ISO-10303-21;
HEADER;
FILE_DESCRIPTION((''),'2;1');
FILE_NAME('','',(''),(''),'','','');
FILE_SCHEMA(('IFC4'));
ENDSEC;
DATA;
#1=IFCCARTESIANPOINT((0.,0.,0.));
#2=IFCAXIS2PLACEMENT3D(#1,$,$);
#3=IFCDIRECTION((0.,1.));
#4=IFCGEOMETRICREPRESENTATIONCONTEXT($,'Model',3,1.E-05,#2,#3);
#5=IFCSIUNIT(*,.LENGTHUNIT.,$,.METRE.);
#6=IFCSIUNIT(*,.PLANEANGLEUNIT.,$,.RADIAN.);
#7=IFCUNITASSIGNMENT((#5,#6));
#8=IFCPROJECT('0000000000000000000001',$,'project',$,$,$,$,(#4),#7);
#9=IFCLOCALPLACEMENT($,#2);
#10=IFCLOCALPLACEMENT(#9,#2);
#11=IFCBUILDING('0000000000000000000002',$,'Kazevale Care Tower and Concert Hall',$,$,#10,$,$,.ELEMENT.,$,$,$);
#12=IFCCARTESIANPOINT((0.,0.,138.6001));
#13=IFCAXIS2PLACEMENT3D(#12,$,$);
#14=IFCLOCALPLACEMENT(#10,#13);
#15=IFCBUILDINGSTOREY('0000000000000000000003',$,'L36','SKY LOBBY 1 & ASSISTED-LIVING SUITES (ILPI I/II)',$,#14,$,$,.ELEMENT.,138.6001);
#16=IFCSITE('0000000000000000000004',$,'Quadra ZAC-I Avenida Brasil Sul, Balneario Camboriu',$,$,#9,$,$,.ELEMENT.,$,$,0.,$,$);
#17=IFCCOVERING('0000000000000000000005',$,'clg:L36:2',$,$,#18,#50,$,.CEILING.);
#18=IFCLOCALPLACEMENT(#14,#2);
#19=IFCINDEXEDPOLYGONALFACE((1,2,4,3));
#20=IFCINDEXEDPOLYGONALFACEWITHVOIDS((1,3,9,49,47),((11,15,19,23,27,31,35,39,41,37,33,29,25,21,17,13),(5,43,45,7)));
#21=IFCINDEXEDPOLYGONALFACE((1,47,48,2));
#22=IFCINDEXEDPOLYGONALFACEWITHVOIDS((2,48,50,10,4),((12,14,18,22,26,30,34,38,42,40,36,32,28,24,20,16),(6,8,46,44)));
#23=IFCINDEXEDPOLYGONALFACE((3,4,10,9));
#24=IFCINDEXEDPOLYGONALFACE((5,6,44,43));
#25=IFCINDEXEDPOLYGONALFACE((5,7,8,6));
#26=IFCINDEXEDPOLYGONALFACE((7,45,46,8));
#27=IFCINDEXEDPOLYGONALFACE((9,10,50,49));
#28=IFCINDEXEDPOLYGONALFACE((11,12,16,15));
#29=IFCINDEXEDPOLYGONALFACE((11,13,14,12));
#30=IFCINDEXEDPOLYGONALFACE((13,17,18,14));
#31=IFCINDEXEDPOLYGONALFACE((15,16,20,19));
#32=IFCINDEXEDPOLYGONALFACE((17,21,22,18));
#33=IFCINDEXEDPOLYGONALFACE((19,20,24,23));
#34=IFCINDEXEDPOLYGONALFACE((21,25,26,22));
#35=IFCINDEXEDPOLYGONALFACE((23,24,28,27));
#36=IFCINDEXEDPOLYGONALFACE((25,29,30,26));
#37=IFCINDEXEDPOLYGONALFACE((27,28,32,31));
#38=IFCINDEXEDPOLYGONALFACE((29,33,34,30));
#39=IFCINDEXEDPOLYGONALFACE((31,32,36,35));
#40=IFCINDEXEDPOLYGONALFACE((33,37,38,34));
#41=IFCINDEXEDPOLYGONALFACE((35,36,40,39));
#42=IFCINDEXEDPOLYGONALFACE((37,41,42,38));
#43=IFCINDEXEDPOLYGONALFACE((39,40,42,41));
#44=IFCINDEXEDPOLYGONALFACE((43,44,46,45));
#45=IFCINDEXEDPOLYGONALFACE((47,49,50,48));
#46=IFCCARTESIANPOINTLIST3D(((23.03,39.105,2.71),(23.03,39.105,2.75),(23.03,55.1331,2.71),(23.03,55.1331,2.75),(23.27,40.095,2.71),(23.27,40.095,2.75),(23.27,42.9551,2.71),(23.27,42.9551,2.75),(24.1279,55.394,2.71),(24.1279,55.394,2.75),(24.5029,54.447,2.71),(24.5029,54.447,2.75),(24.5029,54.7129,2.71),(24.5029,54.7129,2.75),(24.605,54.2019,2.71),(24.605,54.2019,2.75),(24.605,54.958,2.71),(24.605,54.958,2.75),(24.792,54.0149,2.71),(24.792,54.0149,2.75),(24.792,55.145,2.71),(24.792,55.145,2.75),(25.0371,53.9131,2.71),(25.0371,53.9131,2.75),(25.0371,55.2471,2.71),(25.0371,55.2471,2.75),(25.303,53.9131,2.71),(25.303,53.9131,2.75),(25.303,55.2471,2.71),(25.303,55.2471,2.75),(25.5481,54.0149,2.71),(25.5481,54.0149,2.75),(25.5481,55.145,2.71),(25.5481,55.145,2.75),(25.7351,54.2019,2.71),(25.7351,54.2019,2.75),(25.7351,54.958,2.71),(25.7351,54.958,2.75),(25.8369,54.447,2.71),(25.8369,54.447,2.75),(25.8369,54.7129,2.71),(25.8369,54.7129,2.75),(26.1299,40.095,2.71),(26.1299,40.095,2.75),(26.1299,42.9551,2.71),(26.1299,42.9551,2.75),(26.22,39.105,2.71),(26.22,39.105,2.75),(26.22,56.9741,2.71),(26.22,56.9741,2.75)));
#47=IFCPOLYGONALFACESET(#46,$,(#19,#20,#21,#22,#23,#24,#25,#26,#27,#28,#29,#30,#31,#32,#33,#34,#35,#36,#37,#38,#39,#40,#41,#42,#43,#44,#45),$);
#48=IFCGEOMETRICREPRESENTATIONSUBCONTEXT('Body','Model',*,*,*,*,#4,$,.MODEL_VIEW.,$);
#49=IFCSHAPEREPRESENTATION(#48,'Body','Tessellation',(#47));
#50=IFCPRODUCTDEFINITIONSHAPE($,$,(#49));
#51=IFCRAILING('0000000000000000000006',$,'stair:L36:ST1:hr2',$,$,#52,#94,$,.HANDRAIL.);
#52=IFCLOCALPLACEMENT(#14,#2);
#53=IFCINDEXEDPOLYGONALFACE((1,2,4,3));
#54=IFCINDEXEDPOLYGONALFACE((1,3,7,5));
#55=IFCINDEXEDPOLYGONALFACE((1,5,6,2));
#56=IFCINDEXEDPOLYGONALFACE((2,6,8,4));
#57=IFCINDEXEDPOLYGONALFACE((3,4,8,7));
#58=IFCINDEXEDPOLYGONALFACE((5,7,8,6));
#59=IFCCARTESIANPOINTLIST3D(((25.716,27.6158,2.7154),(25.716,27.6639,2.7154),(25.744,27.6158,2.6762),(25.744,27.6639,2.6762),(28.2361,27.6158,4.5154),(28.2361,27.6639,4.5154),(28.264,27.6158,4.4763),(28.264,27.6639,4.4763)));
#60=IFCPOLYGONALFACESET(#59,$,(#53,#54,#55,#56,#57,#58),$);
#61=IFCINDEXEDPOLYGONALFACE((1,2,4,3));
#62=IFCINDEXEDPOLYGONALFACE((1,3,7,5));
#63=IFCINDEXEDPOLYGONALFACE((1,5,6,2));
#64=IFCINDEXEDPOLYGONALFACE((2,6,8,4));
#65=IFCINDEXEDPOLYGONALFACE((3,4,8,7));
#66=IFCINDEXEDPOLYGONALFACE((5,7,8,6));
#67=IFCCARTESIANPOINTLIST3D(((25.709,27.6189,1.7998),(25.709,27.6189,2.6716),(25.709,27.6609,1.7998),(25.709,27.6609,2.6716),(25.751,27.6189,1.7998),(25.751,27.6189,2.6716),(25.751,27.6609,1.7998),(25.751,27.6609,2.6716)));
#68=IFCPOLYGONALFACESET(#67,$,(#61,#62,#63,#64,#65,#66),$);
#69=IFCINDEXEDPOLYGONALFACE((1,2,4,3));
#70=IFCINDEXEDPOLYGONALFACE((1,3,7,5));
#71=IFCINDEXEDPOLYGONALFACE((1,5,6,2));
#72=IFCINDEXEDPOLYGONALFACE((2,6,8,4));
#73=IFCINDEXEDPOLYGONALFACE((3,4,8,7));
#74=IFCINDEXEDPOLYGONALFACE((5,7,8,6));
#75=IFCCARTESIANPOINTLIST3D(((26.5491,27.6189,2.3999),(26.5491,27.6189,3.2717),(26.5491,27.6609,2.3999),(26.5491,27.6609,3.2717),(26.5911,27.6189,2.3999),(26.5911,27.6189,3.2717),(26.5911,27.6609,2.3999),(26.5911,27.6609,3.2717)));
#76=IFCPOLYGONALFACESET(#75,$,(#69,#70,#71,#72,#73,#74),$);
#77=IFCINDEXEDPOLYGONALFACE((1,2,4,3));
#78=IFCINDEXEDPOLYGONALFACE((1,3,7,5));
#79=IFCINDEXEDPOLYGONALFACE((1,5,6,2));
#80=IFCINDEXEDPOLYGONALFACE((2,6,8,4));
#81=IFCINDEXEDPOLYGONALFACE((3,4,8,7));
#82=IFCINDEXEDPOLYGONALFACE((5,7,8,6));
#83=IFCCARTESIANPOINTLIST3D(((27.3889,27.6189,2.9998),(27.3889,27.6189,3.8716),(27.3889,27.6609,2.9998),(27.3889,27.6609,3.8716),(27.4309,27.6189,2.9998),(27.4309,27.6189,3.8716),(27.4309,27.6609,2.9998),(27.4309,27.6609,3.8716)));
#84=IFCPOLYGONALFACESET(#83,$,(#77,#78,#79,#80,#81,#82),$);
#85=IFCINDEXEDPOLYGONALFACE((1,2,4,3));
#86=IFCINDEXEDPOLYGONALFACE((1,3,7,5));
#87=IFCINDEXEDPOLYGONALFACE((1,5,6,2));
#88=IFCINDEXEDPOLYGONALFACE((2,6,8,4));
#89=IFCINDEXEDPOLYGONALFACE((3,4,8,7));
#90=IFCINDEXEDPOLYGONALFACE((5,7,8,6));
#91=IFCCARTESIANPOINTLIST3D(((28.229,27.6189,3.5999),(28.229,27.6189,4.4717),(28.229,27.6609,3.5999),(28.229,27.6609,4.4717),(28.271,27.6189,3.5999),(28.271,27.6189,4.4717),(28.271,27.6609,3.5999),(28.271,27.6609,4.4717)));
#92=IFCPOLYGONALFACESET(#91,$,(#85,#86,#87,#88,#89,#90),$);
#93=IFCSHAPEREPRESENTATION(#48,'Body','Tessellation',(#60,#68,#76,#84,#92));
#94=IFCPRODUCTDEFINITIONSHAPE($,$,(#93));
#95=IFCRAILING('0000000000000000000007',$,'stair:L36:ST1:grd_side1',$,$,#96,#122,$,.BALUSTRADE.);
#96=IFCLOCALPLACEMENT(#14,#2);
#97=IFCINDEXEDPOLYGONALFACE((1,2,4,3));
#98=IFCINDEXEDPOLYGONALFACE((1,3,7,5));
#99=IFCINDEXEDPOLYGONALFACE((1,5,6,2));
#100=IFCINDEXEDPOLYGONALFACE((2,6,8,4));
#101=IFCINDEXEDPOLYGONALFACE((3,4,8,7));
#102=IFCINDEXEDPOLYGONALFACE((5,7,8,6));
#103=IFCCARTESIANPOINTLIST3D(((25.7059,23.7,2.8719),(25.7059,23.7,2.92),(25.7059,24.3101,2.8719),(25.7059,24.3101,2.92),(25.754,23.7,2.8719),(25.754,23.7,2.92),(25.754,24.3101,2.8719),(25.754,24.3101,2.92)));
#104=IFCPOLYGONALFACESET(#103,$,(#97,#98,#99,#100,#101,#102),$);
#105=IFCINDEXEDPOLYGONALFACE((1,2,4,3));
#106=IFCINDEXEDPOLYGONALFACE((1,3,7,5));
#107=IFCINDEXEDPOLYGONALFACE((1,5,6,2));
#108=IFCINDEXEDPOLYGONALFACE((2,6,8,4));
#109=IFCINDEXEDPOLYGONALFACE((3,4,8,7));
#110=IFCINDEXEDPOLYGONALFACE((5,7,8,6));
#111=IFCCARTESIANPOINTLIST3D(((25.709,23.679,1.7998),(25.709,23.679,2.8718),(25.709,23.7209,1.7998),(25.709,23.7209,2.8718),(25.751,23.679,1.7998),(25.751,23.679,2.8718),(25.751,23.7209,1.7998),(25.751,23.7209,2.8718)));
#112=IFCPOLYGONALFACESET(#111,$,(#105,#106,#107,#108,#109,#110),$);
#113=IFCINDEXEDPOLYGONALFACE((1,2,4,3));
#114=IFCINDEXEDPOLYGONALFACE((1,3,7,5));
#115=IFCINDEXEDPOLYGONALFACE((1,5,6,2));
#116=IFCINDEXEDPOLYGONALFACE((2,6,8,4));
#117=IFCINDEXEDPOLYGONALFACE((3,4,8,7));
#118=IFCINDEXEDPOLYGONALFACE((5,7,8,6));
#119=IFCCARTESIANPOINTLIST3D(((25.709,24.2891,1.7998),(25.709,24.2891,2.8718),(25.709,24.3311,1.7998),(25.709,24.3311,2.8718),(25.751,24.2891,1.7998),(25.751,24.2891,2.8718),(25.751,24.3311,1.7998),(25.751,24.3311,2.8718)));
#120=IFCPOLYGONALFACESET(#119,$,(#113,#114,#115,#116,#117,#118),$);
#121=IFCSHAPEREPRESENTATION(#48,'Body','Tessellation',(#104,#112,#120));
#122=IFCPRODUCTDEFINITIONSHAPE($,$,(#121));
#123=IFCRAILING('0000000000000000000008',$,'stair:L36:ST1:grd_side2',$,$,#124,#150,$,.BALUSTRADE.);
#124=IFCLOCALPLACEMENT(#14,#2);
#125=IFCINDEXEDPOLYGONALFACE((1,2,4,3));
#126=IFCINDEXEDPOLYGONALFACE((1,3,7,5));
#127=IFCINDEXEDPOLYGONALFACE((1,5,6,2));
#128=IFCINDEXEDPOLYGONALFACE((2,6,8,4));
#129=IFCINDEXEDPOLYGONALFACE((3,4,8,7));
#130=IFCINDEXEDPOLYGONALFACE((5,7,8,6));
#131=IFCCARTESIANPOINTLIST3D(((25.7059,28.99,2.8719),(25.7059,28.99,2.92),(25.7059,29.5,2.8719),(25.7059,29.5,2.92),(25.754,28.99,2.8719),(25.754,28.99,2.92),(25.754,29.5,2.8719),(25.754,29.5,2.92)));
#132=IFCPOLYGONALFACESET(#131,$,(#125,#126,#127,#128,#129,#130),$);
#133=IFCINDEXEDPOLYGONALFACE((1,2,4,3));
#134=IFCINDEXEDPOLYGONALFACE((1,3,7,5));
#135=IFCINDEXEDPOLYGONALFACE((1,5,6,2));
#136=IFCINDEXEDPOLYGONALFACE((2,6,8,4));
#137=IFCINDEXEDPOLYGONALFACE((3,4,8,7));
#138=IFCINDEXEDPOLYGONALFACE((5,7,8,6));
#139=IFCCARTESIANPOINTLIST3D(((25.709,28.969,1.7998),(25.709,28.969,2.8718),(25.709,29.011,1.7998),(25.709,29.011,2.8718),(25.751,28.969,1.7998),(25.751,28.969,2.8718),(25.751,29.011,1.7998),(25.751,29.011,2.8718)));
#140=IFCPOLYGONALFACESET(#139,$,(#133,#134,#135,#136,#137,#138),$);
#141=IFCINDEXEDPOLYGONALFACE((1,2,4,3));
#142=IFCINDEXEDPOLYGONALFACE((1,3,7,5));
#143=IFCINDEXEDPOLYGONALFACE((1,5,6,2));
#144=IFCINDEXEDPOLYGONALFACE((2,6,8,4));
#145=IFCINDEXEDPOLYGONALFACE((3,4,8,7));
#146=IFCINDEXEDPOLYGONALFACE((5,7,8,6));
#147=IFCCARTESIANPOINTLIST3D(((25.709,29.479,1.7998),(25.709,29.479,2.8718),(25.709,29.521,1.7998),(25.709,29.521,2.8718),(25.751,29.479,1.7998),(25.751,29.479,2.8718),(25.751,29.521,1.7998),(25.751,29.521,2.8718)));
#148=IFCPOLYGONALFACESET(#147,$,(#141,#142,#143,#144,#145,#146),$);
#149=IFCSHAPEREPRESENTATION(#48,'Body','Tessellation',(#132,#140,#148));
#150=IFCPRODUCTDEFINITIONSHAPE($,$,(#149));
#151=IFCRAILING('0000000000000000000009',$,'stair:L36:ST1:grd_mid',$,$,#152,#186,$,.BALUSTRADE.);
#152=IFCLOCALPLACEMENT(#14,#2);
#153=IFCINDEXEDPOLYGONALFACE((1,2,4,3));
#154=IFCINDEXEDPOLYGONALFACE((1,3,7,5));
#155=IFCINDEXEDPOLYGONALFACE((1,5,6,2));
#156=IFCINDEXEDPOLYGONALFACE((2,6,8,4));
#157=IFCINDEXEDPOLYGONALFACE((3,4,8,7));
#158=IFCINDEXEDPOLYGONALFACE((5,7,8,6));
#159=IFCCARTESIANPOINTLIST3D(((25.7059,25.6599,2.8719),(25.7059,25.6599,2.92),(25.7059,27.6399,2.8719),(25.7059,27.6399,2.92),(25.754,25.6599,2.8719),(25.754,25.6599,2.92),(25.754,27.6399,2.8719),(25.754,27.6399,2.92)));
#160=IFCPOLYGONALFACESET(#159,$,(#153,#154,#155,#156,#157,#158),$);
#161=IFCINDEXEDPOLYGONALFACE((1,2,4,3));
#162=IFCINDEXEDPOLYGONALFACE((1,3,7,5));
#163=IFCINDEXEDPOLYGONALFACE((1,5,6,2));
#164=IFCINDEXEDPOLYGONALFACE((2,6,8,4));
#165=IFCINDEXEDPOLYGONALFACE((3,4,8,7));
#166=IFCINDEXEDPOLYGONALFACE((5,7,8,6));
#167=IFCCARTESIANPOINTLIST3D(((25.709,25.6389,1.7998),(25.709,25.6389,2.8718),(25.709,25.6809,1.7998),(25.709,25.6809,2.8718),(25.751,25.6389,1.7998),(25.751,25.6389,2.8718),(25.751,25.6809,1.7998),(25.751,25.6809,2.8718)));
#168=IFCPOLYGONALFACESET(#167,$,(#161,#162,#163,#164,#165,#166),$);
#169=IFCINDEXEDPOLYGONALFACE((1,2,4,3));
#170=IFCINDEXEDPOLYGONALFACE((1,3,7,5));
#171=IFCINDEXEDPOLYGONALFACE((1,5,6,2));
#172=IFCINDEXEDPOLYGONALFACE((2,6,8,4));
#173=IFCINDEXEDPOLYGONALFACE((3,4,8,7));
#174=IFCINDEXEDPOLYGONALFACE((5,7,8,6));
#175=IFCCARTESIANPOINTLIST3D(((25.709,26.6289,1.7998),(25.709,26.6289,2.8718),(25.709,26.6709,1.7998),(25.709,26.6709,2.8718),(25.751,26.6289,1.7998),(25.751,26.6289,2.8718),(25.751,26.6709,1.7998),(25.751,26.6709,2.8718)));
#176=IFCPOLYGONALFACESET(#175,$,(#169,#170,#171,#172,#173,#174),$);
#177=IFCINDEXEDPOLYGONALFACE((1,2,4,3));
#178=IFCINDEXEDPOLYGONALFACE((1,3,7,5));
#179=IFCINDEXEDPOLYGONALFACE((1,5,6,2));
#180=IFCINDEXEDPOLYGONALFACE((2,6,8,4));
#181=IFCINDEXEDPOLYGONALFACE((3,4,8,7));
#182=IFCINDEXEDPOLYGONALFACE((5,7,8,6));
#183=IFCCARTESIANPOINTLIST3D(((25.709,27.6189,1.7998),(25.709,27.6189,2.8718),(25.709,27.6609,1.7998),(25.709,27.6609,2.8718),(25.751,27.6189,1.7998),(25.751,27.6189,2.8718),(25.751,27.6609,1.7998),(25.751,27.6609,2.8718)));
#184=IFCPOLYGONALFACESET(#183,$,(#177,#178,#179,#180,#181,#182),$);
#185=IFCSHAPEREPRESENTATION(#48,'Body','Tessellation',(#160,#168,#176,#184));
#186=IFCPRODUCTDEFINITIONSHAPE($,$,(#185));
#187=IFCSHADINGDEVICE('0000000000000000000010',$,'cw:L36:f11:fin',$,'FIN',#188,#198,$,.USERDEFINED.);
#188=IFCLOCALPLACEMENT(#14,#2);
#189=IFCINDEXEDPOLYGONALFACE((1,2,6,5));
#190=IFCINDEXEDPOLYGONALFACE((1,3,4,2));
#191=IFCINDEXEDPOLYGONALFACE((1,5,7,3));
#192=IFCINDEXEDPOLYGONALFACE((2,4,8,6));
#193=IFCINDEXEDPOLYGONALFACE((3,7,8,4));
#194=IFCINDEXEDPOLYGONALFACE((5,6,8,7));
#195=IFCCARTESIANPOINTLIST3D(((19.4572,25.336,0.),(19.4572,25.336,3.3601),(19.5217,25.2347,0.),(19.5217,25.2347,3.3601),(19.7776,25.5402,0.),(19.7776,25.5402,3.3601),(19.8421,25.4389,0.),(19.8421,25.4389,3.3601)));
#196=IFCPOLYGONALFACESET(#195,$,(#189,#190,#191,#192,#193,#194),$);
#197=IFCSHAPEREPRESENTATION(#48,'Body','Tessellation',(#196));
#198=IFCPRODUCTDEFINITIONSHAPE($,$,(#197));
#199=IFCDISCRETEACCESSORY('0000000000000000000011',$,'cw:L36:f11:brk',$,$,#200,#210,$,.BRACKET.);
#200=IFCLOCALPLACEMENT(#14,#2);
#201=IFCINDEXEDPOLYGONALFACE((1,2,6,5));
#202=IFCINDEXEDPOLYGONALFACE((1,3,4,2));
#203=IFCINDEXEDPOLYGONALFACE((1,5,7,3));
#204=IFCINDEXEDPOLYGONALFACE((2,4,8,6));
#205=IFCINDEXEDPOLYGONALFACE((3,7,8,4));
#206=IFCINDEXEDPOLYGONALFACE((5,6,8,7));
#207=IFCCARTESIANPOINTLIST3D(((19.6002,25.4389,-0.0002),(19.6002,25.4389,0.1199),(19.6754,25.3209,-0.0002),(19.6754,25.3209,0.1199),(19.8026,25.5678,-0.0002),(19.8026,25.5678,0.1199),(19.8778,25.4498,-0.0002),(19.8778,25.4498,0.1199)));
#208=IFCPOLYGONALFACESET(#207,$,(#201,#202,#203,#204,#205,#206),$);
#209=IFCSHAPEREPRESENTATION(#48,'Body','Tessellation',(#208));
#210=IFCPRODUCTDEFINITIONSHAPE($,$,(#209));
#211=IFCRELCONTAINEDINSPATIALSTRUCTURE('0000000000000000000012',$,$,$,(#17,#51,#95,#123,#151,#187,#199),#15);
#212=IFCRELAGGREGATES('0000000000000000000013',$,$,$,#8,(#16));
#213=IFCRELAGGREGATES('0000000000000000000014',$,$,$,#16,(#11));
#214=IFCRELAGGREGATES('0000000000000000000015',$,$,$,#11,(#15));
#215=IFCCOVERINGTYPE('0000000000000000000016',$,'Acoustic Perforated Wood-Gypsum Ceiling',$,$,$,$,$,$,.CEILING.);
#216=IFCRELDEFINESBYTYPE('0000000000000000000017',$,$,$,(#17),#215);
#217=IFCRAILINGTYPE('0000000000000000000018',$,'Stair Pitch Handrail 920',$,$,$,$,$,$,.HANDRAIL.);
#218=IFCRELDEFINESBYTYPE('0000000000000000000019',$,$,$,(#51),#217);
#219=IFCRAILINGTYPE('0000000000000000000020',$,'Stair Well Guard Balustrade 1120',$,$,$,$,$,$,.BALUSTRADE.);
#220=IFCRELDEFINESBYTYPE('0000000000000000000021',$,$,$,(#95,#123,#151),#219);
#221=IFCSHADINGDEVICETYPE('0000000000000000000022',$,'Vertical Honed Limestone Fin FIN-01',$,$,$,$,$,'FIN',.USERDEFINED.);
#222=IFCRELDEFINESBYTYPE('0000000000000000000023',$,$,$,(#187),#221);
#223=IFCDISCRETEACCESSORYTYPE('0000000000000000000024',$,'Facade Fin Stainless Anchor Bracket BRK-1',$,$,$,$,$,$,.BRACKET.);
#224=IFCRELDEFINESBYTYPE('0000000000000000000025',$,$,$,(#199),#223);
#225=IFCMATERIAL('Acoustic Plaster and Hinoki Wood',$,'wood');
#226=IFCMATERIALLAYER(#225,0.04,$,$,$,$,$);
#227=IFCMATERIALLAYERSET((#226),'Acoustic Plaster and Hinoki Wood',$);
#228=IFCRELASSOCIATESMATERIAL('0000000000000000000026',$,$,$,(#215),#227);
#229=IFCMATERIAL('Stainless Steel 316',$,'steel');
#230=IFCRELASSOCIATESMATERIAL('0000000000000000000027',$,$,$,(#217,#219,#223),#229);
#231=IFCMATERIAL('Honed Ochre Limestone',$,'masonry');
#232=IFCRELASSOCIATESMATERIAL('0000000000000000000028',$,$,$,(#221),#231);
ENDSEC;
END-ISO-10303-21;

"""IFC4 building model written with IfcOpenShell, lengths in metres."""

from ifc_helpers import new_model, si_unit, direction, frame, origin, origin_2d, place, context, subcontext, project, spatial, polyline, rectangle, outline, extrude, material, layer, layer_set, type_object, element, save


model = new_model("IFC4")

# Units and contexts
model_context = context("Model", 3, precision=1e-05, world=origin(), true_north=direction((0.0, 1.0)))
body_context = subcontext(model_context, "Body", "Model", "MODEL_VIEW")
ifc_project = project(units=[si_unit("LENGTHUNIT", "METRE"), si_unit("PLANEANGLEUNIT", "RADIAN")], contexts=[model_context])

# Site, building, storey
site_placement = place(None, origin())
site = spatial("IfcSite", under=ifc_project, at=site_placement, Name="Quadra ZAC-I Avenida Brasil Sul, Balneario Camboriu", CompositionType="ELEMENT", RefElevation=0.0)
building_placement = place(site_placement, origin())
building = spatial("IfcBuilding", under=site, at=building_placement, Name="Kazevale Care Tower and Concert Hall", CompositionType="ELEMENT")
storey_placement = place(building_placement, frame((0.0, 0.0, 138.6001)))
storey = spatial("IfcBuildingStorey", under=building, at=storey_placement, Name="L36", Description="SKY LOBBY 1 & ASSISTED-LIVING SUITES (ILPI I/II)", CompositionType="ELEMENT", Elevation=138.6001)

# Covering
ifc_material_1 = material(Name="Acoustic Plaster and Hinoki Wood", Category="wood")
ifc_layer_1 = layer(ifc_material_1, 0.04)
ifc_layer_set_1 = layer_set([ifc_layer_1], Name="Acoustic Plaster and Hinoki Wood")
covering_type = type_object("IfcCoveringType", Name="Acoustic Perforated Wood-Gypsum Ceiling", PredefinedType="CEILING", material=ifc_layer_set_1)
covering_1_placement = place(storey_placement, frame((0.0, 0.0, 2.71)))
element("IfcCovering", 1, at=covering_1_placement, inside=storey, type_object=covering_type, Name="clg:L36:2", PredefinedType="CEILING", context=body_context, shape_type="SweptSolid", body=[
    extrude(outline(polyline([(23.03, 55.1331), (24.1279, 55.394), (26.22, 56.9741), (26.22, 39.105), (23.03, 39.105), (23.03, 55.1331)]), holes=[polyline([(23.27, 42.9551), (23.27, 40.095), (26.1299, 40.095), (26.1299, 42.9551), (23.27, 42.9551)]), polyline([(25.8369, 54.7129), (25.7351, 54.958), (25.5481, 55.145), (25.303, 55.2471), (25.0371, 55.2471), (24.792, 55.145), (24.605, 54.958), (24.5029, 54.7129), (24.5029, 54.447), (24.605, 54.2019), (24.792, 54.0149), (25.0371, 53.9131), (25.303, 53.9131), (25.5481, 54.0149), (25.7351, 54.2019), (25.8369, 54.447), (25.8369, 54.7129)])]), origin(), (0.0, 0.0, 1.0), 0.04),
])

# Railings
ifc_material_2 = material(Name="Stainless Steel 316", Category="steel")
railing_type_1 = type_object("IfcRailingType", Name="Stair Pitch Handrail 920", PredefinedType="HANDRAIL", material=ifc_material_2)
railing_1_placement = place(storey_placement, frame((25.73, 27.6399, 1.7998)))
element("IfcRailing", 2, at=railing_1_placement, inside=storey, type_object=railing_type_1, Name="stair:L36:ST1:hr2", PredefinedType="HANDRAIL", context=body_context, shape_type="SweptSolid", body=[
    extrude(rectangle(XDim=0.0481, YDim=0.0481, at=origin_2d()), frame((0.0, 0.0, 0.896), z_axis=(0.813728, 0.0, 0.581246), x_axis=(0.0, 1.0, 0.0)), (0.0, 0.0, 1.0), 3.0969),
    extrude(rectangle(XDim=0.042, YDim=0.042, at=origin_2d()), origin(), (0.0, 0.0, 1.0), 0.8718),
    extrude(rectangle(XDim=0.042, YDim=0.042, at=origin_2d()), frame((0.8401, 0.0, 0.6001)), (0.0, 0.0, 1.0), 0.8718),
    extrude(rectangle(XDim=0.042, YDim=0.042, at=origin_2d()), frame((1.6799, 0.0, 1.2)), (0.0, 0.0, 1.0), 0.8718),
    extrude(rectangle(XDim=0.042, YDim=0.042, at=origin_2d()), frame((2.52, 0.0, 1.8)), (0.0, 0.0, 1.0), 0.8718),
])
railing_type_2 = type_object("IfcRailingType", Name="Stair Well Guard Balustrade 1120", PredefinedType="BALUSTRADE", material=ifc_material_2)
railing_2_placement = place(storey_placement, frame((25.73, 23.7, 1.7998)))
element("IfcRailing", 3, at=railing_2_placement, inside=storey, type_object=railing_type_2, Name="stair:L36:ST1:grd_side1", PredefinedType="BALUSTRADE", context=body_context, shape_type="SweptSolid", body=[
    extrude(rectangle(XDim=0.0481, YDim=0.0481, at=origin_2d()), frame((0.0, 0.0, 1.0962), z_axis=(0.0, 1.0, 0.0), x_axis=(-1.0, 0.0, 0.0)), (0.0, 0.0, 1.0), 0.6101),
    extrude(rectangle(XDim=0.042, YDim=0.042, at=origin_2d()), origin(), (0.0, 0.0, 1.0), 1.072),
    extrude(rectangle(XDim=0.042, YDim=0.042, at=origin_2d()), frame((0.0, 0.6101, 0.0)), (0.0, 0.0, 1.0), 1.072),
])
railing_3_placement = place(storey_placement, frame((25.73, 28.99, 1.7998)))
element("IfcRailing", 4, at=railing_3_placement, inside=storey, type_object=railing_type_2, Name="stair:L36:ST1:grd_side2", PredefinedType="BALUSTRADE", context=body_context, shape_type="SweptSolid", body=[
    extrude(rectangle(XDim=0.0481, YDim=0.0481, at=origin_2d()), frame((0.0, 0.0, 1.0962), z_axis=(0.0, 1.0, 0.0), x_axis=(-1.0, 0.0, 0.0)), (0.0, 0.0, 1.0), 0.51),
    extrude(rectangle(XDim=0.042, YDim=0.042, at=origin_2d()), origin(), (0.0, 0.0, 1.0), 1.072),
    extrude(rectangle(XDim=0.042, YDim=0.042, at=origin_2d()), frame((0.0, 0.51, 0.0)), (0.0, 0.0, 1.0), 1.072),
])
railing_4_placement = place(storey_placement, frame((25.73, 25.6599, 1.7998)))
element("IfcRailing", 5, at=railing_4_placement, inside=storey, type_object=railing_type_2, Name="stair:L36:ST1:grd_mid", PredefinedType="BALUSTRADE", context=body_context, shape_type="SweptSolid", body=[
    extrude(rectangle(XDim=0.0481, YDim=0.0481, at=origin_2d()), frame((0.0, 0.0, 1.0962), z_axis=(0.0, 1.0, 0.0), x_axis=(-1.0, 0.0, 0.0)), (0.0, 0.0, 1.0), 1.98),
    extrude(rectangle(XDim=0.042, YDim=0.042, at=origin_2d()), origin(), (0.0, 0.0, 1.0), 1.072),
    extrude(rectangle(XDim=0.042, YDim=0.042, at=origin_2d()), frame((0.0, 0.99, 0.0)), (0.0, 0.0, 1.0), 1.072),
    extrude(rectangle(XDim=0.042, YDim=0.042, at=origin_2d()), frame((0.0, 1.98, 0.0)), (0.0, 0.0, 1.0), 1.072),
])

# Shading device
ifc_material_3 = material(Name="Honed Ochre Limestone", Category="masonry")
shading_device_type = type_object("IfcShadingDeviceType", Name="Vertical Honed Limestone Fin FIN-01", ElementType="FIN", PredefinedType="USERDEFINED", material=ifc_material_3)
shading_device_placement = place(storey_placement, frame((19.6497, 25.3875, 0.0), z_axis=(0.0, 0.0, 1.0), x_axis=(-0.843391, -0.5373, 0.0)))
element("IfcShadingDevice", 6, at=shading_device_placement, inside=storey, type_object=shading_device_type, Name="cw:L36:f11:fin", ObjectType="FIN", PredefinedType="USERDEFINED", context=body_context, shape_type="SweptSolid", body=[
    extrude(rectangle(XDim=0.3799, YDim=0.1201, at=origin_2d()), origin(), (0.0, 0.0, 1.0), 3.3601),
])

# Discrete accessory
discrete_accessory_type = type_object("IfcDiscreteAccessoryType", Name="Facade Fin Stainless Anchor Bracket BRK-1", PredefinedType="BRACKET", material=ifc_material_2)
discrete_accessory_placement = place(storey_placement, frame((19.739, 25.4443, -0.0002), z_axis=(0.0, 0.0, 1.0), x_axis=(-0.843391, -0.5373, 0.0)))
element("IfcDiscreteAccessory", 7, at=discrete_accessory_placement, inside=storey, type_object=discrete_accessory_type, Name="cw:L36:f11:brk", PredefinedType="BRACKET", context=body_context, shape_type="SweptSolid", body=[
    extrude(rectangle(XDim=0.24, YDim=0.1399, at=origin_2d()), origin(), (0.0, 0.0, 1.0), 0.1201),
])

save(model, "model.ifc")
